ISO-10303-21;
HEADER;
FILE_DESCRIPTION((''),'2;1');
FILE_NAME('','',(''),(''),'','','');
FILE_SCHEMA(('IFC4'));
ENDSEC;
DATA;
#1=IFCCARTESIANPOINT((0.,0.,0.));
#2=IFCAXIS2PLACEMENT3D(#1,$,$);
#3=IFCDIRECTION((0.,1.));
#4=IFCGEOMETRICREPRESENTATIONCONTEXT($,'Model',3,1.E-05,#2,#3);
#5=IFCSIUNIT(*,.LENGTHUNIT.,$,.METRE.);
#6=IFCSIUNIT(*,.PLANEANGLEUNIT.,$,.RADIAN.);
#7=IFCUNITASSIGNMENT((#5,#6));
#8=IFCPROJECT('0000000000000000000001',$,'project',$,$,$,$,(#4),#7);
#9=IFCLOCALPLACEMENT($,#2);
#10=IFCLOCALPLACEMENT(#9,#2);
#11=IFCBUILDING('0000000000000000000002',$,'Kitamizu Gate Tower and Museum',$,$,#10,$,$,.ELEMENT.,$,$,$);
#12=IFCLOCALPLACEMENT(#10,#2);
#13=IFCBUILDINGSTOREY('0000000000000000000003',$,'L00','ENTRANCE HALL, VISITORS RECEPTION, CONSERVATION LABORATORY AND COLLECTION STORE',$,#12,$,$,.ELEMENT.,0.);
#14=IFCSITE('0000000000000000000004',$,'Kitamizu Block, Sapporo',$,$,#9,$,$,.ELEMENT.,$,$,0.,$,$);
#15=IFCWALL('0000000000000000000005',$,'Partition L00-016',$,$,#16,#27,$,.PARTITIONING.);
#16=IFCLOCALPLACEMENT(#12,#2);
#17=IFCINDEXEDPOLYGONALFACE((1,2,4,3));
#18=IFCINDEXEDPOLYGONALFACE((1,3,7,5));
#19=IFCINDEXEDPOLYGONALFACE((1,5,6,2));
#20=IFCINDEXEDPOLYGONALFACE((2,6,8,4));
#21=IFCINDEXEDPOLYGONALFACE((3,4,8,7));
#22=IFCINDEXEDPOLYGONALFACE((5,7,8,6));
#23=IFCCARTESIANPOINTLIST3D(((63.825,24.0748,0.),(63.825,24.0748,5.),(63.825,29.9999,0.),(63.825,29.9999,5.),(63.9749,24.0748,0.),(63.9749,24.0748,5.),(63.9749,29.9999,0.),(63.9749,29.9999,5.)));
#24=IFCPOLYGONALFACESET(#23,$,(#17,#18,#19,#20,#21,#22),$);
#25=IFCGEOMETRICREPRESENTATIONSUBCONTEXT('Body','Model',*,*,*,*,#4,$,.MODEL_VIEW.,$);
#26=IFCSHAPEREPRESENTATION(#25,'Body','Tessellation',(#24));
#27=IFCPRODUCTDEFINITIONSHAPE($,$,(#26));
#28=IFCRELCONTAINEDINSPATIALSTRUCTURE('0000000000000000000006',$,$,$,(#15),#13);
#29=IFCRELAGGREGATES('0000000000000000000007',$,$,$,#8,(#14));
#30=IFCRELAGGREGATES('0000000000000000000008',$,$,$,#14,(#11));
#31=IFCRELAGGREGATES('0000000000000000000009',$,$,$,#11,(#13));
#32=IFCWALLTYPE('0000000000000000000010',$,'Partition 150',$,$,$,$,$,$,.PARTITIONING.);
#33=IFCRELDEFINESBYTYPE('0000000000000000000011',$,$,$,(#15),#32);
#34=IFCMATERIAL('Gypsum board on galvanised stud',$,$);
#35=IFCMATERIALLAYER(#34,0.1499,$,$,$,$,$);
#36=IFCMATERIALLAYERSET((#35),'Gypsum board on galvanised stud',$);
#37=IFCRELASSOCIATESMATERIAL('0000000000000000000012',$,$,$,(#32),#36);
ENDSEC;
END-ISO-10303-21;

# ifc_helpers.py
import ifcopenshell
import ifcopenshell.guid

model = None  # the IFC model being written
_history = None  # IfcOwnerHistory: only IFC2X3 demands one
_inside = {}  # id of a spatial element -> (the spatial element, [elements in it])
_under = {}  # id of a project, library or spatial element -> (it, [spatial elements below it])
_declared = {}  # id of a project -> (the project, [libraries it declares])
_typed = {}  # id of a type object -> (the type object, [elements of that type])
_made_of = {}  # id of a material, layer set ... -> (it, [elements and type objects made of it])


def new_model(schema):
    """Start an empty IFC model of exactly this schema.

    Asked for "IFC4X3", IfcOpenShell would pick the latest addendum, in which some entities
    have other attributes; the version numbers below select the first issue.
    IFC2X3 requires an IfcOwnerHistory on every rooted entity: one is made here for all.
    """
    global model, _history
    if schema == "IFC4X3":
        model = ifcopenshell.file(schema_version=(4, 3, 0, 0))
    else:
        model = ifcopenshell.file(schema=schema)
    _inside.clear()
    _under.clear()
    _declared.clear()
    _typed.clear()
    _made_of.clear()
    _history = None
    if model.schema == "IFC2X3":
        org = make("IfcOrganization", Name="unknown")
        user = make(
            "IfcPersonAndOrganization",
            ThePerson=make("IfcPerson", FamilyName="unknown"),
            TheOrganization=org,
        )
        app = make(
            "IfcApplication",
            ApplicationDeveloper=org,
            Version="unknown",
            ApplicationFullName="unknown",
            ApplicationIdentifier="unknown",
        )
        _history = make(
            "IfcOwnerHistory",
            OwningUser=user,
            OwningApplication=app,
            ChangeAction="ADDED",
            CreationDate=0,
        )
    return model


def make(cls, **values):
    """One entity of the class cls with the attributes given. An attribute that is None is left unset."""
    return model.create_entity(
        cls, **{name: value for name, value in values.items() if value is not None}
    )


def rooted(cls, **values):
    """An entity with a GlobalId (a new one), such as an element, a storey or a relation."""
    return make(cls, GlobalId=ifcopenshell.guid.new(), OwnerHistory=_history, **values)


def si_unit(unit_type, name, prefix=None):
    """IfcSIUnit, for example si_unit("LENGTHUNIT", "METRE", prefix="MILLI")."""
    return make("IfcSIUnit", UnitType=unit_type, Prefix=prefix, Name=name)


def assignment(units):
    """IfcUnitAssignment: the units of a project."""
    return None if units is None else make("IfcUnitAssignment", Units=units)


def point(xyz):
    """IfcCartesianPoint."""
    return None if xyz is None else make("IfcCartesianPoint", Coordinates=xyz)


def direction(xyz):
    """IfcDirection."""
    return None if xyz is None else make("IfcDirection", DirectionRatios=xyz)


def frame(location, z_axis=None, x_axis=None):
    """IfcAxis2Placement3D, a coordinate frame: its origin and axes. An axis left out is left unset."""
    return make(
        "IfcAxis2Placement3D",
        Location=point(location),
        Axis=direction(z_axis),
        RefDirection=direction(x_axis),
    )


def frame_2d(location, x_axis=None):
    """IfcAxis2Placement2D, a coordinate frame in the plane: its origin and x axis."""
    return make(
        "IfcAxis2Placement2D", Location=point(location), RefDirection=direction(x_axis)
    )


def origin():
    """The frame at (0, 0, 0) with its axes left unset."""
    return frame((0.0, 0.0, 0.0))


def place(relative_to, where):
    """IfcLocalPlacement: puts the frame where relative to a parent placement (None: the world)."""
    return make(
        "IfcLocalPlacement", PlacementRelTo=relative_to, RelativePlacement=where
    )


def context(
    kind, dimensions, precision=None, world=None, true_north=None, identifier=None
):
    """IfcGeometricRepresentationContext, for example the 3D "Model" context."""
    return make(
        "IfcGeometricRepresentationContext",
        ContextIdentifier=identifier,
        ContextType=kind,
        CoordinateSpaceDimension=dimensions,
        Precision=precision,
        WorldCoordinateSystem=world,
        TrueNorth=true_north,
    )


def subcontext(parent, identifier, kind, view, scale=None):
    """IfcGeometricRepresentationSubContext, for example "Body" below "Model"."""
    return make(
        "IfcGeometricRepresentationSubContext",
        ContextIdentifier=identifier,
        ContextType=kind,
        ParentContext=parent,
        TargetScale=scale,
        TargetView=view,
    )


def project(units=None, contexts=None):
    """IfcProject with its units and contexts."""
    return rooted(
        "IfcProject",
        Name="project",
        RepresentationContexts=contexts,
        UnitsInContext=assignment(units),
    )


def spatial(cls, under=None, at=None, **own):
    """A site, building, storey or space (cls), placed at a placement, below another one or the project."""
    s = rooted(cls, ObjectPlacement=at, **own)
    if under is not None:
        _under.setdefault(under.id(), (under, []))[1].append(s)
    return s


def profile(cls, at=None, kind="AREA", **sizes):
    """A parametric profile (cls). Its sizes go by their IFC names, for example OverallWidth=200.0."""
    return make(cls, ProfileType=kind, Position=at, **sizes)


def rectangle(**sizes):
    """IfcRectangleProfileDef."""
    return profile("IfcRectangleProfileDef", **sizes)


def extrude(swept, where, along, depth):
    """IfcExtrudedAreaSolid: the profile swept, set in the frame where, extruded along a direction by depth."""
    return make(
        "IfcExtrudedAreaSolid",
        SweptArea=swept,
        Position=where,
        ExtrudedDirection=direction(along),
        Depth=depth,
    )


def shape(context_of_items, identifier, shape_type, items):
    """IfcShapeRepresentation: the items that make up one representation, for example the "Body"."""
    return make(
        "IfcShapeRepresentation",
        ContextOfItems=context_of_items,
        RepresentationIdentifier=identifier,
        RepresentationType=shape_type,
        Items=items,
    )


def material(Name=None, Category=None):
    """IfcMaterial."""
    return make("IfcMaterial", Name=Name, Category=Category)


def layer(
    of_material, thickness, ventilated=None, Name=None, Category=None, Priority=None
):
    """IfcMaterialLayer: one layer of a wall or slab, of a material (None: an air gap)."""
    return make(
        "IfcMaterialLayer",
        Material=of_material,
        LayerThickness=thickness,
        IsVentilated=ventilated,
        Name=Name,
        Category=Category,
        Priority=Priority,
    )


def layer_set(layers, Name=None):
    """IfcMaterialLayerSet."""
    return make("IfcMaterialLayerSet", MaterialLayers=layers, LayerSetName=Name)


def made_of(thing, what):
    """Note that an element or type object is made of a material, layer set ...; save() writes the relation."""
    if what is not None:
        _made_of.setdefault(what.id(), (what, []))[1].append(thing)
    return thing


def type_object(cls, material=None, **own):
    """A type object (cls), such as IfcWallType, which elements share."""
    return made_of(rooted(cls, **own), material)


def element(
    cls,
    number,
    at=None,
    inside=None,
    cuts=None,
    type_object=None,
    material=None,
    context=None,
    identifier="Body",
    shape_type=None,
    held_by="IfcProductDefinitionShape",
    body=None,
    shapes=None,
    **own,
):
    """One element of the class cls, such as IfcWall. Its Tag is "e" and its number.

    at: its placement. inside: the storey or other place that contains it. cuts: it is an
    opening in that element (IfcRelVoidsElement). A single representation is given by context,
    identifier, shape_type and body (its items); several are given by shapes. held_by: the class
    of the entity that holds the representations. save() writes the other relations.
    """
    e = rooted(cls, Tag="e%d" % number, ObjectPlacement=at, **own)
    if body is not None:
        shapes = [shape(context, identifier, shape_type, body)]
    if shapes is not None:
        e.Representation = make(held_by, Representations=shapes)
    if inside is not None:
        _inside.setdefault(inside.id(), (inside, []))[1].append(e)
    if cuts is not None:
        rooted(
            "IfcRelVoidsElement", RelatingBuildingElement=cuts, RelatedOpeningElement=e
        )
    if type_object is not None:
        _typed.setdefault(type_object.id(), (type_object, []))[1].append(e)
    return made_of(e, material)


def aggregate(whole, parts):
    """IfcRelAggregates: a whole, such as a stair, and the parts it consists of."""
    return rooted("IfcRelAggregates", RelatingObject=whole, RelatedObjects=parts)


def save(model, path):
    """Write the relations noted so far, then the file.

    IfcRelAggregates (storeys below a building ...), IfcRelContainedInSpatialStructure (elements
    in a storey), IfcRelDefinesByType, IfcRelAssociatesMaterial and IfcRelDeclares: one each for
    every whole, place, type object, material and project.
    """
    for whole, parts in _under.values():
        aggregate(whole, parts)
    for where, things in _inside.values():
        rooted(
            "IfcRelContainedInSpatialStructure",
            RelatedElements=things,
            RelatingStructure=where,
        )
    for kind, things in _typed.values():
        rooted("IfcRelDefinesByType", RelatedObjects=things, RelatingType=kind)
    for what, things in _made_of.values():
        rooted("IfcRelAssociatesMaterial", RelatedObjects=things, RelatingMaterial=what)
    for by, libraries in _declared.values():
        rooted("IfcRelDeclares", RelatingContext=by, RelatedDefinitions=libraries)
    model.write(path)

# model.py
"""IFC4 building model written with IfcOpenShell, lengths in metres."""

from ifc_helpers import new_model, si_unit, direction, frame, frame_2d, origin, place, context, subcontext, project, spatial, rectangle, extrude, material, layer, layer_set, type_object, element, save


model = new_model("IFC4")

# Units and contexts
model_context = context("Model", 3, precision=1e-05, world=origin(), true_north=direction((0.0, 1.0)))
body_context = subcontext(model_context, "Body", "Model", "MODEL_VIEW")
ifc_project = project(units=[si_unit("LENGTHUNIT", "METRE"), si_unit("PLANEANGLEUNIT", "RADIAN")], contexts=[model_context])

# Site, building, storey
site_placement = place(None, origin())
site = spatial("IfcSite", under=ifc_project, at=site_placement, Name="Kitamizu Block, Sapporo", CompositionType="ELEMENT", RefElevation=0.0)
building_placement = place(site_placement, origin())
building = spatial("IfcBuilding", under=site, at=building_placement, Name="Kitamizu Gate Tower and Museum", CompositionType="ELEMENT")
storey_placement = place(building_placement, origin())
storey = spatial("IfcBuildingStorey", under=building, at=storey_placement, Name="L00", Description="ENTRANCE HALL, VISITORS RECEPTION, CONSERVATION LABORATORY AND COLLECTION STORE", CompositionType="ELEMENT", Elevation=0.0)

# Shared definitions
ifc_material_1 = material(Name="Gypsum board on galvanised stud")
ifc_layer_1 = layer(ifc_material_1, 0.1499)
ifc_layer_set_1 = layer_set([ifc_layer_1], Name="Gypsum board on galvanised stud")
wall_type_1 = type_object("IfcWallType", Name="Partition 150", PredefinedType="PARTITIONING", material=ifc_layer_set_1)

# Wall
wall_1_placement = place(storey_placement, frame((63.8999, 24.075, 0.0), z_axis=(0.0, 0.0, 1.0), x_axis=(0.0, 1.0, 0.0)))
element("IfcWall", 1, at=wall_1_placement, inside=storey, type_object=wall_type_1, Name="Partition L00-016", PredefinedType="PARTITIONING", context=body_context, shape_type="SweptSolid", body=[
    extrude(rectangle(XDim=5.925, YDim=0.1499, at=frame_2d((2.9624, 0.0))), origin(), (0.0, 0.0, 1.0), 5.0),
])

save(model, "model.ifc")
